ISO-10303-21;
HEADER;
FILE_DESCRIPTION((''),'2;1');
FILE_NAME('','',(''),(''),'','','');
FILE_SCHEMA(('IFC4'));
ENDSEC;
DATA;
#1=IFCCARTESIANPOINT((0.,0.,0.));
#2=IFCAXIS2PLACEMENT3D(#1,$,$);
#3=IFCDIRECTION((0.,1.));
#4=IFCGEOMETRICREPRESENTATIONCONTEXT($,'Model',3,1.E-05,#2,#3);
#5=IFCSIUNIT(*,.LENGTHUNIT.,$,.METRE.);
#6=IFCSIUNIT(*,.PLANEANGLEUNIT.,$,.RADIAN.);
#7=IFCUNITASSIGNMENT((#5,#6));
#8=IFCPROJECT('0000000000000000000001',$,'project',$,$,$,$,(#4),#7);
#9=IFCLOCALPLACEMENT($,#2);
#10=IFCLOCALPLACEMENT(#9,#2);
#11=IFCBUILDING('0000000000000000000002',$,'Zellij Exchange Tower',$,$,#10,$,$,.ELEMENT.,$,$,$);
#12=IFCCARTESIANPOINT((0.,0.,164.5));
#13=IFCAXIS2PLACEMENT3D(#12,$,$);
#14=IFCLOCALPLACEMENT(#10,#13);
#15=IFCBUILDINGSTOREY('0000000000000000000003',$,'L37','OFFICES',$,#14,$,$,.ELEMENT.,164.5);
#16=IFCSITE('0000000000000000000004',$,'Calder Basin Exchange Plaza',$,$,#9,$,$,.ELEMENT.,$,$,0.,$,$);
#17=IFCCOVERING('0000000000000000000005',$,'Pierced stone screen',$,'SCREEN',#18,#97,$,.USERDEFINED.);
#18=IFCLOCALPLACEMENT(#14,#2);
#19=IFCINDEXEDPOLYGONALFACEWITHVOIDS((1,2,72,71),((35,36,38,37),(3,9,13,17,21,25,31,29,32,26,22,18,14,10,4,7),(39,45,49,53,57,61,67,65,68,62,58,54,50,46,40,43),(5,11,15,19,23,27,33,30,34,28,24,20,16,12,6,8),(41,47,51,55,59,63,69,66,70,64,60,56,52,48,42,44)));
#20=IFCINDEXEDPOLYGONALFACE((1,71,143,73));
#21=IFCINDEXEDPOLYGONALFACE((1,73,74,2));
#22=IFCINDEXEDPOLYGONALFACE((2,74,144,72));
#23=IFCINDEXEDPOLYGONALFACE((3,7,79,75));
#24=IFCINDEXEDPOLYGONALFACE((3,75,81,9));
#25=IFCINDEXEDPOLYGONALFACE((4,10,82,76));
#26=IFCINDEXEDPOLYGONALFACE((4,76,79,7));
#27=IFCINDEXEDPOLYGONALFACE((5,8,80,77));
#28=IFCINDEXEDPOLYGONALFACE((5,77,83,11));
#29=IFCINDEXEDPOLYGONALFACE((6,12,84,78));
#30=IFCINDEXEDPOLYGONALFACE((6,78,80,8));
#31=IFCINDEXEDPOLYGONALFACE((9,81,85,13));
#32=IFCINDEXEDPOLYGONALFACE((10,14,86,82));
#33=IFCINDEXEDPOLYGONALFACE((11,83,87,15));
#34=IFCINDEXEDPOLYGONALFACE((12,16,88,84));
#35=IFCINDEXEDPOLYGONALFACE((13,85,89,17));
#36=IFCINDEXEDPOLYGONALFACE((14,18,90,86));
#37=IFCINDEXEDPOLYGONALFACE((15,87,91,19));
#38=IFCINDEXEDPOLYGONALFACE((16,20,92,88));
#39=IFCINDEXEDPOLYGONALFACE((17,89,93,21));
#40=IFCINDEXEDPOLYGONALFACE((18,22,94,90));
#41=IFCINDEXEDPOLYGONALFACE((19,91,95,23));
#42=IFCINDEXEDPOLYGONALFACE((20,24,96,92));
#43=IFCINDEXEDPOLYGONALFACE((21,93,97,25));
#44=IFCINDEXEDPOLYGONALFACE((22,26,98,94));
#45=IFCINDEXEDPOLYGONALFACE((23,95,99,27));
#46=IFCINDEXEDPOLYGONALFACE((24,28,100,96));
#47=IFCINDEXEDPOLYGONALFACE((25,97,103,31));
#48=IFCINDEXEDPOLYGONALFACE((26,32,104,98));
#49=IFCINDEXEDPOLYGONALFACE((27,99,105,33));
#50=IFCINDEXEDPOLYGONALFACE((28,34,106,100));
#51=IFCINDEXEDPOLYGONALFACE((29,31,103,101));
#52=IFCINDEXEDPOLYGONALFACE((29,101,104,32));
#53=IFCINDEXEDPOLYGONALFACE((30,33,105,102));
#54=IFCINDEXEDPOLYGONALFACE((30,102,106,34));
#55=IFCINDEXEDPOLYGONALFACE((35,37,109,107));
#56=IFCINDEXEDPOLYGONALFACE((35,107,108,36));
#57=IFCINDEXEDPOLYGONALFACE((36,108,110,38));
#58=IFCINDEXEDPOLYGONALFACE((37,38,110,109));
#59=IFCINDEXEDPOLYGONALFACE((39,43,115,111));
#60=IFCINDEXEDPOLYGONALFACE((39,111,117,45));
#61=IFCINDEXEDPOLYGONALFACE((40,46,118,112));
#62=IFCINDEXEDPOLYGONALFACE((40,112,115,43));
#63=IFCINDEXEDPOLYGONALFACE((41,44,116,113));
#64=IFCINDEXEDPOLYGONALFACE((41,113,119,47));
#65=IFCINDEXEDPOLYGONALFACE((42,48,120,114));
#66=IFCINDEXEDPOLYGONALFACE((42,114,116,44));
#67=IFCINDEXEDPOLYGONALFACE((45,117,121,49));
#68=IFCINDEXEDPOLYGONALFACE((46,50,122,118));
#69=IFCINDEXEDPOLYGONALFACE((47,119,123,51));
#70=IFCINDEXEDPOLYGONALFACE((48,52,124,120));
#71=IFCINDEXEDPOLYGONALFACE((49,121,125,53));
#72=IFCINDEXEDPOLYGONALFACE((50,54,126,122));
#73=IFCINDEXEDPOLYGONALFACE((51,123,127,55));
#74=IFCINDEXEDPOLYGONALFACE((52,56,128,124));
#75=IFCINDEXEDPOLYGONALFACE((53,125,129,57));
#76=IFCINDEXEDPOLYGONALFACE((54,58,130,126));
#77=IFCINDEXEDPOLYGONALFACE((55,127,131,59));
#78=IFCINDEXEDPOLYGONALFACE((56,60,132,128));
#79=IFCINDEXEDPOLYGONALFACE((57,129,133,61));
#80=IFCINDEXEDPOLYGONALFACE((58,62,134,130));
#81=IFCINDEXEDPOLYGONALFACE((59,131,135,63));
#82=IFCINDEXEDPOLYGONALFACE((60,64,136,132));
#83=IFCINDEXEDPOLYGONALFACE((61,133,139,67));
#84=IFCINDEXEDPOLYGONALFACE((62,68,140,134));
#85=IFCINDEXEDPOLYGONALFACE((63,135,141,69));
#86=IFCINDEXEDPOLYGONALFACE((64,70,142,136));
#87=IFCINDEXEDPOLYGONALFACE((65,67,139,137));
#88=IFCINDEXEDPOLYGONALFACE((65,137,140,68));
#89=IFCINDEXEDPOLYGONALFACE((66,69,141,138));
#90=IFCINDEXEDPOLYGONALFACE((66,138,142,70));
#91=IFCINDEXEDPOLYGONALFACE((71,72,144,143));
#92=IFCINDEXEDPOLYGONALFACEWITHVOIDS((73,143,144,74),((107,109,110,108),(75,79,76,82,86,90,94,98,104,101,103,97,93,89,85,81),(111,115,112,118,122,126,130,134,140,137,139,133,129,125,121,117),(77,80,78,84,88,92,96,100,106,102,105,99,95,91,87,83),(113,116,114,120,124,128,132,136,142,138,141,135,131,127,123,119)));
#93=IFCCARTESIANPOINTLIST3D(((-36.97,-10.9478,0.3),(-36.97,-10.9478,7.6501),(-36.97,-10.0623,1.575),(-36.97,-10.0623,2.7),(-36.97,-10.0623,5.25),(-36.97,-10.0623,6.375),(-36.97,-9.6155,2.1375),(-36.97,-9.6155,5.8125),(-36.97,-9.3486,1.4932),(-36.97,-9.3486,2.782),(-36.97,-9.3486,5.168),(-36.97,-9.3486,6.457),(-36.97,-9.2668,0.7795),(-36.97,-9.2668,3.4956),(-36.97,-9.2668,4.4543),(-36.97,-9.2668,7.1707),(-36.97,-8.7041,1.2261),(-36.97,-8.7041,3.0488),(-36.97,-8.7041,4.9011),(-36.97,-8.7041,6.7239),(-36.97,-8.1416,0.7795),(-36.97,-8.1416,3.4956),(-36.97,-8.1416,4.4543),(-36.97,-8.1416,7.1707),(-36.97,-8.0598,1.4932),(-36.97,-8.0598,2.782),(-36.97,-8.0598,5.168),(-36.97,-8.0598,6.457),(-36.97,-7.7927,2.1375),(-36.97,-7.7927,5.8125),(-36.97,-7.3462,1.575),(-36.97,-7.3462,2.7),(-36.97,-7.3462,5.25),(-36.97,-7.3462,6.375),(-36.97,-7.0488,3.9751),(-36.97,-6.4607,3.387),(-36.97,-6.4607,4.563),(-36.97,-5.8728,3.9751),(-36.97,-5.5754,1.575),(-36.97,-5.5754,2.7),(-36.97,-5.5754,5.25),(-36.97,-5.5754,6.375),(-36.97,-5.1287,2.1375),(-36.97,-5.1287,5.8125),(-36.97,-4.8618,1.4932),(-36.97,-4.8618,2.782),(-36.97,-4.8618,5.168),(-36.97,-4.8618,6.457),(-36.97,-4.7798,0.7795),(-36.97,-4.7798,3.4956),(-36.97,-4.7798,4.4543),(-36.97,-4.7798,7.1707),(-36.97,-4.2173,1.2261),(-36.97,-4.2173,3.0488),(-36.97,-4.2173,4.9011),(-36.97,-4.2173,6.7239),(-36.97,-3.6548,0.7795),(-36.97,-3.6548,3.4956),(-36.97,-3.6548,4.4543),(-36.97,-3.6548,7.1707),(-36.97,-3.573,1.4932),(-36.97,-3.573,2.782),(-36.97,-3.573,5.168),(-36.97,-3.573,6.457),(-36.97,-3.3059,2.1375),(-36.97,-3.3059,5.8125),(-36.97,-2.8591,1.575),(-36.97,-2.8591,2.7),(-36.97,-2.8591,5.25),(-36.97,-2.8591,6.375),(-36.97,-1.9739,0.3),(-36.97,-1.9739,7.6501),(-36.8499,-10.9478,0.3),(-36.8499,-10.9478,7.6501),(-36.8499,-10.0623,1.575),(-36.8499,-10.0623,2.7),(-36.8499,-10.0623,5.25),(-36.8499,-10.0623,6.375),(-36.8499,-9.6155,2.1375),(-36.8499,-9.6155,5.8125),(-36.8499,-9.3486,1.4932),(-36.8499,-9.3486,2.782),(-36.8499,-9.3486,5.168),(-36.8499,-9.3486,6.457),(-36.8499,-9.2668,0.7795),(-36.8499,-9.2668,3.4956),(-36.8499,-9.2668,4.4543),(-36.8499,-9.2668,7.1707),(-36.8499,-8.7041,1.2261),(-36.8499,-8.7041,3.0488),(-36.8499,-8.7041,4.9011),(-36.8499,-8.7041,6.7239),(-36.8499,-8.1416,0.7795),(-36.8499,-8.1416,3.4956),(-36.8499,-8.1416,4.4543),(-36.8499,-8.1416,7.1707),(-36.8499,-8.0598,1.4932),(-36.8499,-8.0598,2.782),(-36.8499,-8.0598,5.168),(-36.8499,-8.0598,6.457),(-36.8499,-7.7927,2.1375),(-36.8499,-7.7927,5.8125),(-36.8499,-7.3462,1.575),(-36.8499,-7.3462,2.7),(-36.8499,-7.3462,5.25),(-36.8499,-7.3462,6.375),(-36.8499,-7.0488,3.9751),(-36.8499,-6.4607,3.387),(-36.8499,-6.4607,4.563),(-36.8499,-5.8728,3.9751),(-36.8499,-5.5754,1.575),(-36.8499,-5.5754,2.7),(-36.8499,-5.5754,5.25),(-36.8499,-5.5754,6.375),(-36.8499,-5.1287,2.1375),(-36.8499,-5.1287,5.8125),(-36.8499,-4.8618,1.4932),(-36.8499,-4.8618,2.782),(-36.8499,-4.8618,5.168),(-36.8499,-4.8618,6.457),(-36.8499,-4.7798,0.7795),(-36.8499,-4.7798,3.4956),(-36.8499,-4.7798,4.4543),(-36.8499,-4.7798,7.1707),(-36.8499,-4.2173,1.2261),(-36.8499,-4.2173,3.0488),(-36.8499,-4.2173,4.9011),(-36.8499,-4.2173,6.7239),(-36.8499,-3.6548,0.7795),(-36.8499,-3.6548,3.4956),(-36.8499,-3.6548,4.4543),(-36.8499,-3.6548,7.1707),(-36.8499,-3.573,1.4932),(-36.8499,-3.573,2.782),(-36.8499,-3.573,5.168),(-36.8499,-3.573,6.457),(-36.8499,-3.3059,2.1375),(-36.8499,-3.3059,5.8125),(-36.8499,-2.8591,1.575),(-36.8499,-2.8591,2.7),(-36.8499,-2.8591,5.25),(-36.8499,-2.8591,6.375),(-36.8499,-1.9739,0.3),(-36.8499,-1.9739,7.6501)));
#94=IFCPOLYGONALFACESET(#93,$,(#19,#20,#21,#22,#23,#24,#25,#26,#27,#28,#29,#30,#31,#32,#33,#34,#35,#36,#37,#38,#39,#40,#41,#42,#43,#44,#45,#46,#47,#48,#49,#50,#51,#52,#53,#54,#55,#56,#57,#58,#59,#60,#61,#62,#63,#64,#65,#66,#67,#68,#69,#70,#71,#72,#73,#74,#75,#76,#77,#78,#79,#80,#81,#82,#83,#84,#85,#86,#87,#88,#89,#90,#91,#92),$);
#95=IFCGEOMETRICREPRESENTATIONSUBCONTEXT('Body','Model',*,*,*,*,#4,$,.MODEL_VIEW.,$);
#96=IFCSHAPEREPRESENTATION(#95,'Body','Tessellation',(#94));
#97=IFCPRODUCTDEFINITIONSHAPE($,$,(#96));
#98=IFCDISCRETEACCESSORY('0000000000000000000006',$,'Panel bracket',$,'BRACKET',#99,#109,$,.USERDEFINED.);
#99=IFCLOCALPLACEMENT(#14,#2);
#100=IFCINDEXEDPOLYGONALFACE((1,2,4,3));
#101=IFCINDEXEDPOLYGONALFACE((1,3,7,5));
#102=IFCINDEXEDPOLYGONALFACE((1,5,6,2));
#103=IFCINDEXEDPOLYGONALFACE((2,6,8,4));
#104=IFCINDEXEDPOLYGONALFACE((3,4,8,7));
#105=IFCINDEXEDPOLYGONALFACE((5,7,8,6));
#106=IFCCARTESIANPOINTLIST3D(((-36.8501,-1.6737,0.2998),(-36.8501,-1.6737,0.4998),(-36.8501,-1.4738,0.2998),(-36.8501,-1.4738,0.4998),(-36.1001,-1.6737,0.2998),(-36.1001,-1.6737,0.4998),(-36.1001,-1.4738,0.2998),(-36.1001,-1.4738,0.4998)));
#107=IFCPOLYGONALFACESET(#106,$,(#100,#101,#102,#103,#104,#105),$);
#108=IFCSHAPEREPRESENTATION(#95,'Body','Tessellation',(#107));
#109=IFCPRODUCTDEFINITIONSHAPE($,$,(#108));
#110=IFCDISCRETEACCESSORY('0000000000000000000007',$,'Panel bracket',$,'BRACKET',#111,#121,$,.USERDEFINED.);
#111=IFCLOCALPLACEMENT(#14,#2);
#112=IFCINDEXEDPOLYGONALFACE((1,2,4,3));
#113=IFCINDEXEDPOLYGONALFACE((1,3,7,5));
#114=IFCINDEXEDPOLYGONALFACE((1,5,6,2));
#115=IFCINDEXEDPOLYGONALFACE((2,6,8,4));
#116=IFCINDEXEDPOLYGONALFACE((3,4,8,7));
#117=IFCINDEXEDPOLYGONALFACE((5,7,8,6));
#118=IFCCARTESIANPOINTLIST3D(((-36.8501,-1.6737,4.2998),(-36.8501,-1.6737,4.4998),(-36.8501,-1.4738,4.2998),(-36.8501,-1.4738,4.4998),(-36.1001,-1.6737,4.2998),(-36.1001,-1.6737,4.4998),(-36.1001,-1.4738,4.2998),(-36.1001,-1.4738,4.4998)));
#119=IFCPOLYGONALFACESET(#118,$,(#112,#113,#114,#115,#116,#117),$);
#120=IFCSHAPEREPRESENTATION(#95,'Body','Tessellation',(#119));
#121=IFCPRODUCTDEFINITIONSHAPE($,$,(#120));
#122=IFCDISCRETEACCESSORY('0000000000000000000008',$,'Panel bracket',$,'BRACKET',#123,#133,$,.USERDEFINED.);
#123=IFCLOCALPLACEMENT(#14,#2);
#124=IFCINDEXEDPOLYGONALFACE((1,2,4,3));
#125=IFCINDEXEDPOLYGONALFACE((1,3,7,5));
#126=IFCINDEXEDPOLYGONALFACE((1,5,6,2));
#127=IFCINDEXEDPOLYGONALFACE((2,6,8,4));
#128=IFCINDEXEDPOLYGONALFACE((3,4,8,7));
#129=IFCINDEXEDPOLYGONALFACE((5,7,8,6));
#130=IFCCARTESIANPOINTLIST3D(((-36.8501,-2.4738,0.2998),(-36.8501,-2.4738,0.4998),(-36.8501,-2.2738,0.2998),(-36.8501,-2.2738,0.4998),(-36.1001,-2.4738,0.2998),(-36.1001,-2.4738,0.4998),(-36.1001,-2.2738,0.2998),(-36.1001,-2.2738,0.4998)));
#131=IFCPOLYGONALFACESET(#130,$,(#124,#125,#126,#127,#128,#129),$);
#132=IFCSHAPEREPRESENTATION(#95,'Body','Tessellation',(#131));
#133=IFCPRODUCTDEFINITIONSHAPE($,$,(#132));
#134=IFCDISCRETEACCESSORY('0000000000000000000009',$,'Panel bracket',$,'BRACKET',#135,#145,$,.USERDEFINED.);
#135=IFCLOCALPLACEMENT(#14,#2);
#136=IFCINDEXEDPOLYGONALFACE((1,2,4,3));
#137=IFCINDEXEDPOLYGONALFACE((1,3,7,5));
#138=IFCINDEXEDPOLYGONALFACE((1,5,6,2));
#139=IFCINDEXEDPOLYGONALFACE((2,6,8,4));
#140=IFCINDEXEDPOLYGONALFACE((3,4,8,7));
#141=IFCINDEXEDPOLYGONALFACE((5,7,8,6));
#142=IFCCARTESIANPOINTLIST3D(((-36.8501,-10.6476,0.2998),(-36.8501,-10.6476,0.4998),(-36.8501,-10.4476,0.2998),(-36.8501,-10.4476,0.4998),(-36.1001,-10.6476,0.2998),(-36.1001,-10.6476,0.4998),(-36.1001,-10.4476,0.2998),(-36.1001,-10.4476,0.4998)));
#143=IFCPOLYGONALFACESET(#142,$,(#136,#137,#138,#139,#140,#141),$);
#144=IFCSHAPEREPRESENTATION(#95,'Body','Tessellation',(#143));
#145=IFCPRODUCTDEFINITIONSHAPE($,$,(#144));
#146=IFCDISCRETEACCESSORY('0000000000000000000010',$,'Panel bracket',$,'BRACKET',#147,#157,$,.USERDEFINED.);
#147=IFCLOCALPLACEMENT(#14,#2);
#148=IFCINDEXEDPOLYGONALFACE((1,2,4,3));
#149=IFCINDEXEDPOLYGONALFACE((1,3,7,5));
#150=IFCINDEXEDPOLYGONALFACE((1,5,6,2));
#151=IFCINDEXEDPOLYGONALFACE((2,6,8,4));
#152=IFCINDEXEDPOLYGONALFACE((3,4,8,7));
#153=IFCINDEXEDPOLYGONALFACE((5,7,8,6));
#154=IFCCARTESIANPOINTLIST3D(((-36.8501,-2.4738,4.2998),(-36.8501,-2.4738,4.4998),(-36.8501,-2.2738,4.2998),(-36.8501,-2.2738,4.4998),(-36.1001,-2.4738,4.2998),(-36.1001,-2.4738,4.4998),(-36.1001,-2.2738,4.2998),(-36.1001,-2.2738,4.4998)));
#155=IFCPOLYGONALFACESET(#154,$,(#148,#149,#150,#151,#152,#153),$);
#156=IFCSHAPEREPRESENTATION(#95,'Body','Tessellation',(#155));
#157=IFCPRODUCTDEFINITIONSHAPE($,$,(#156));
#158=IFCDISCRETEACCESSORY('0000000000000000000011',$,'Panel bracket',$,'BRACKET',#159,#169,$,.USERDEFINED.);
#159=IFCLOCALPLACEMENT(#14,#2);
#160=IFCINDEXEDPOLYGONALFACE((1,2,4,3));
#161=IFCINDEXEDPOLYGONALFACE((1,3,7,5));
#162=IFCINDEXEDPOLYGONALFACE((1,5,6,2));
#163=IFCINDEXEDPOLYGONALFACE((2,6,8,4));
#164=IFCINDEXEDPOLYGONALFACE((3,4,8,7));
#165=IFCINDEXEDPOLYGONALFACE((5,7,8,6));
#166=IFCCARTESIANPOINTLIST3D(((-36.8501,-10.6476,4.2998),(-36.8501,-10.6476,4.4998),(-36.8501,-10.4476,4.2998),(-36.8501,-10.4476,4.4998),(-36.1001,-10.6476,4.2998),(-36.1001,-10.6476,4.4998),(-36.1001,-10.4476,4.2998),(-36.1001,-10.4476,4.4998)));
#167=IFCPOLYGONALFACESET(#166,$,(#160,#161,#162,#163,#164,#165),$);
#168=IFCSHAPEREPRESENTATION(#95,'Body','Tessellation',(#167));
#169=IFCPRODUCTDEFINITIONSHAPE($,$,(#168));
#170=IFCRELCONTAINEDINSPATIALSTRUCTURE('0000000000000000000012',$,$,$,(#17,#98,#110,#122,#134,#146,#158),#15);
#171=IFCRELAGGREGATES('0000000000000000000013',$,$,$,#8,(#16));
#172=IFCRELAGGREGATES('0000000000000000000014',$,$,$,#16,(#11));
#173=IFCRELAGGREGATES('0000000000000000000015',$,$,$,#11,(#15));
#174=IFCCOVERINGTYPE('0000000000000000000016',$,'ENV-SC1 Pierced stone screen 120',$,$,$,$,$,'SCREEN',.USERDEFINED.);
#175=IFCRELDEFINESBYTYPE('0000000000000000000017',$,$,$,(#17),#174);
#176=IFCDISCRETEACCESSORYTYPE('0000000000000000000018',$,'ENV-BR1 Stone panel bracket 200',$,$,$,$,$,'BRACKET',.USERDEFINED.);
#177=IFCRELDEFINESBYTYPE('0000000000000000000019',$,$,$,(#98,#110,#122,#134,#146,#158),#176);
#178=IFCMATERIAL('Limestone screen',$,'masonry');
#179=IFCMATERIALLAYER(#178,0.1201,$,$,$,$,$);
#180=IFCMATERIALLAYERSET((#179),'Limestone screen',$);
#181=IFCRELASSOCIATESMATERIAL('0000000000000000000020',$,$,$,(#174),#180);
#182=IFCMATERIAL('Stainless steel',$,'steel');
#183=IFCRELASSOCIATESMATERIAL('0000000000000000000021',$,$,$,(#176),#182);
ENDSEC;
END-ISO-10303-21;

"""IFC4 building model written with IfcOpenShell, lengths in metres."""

from ifc_helpers import new_model, si_unit, direction, frame, origin, origin_2d, place, context, subcontext, project, spatial, polyline, rectangle, outline, extrude, material, layer, layer_set, type_object, element, save


model = new_model("IFC4")

# Units and contexts
model_context = context("Model", 3, precision=1e-05, world=origin(), true_north=direction((0.0, 1.0)))
body_context = subcontext(model_context, "Body", "Model", "MODEL_VIEW")
ifc_project = project(units=[si_unit("LENGTHUNIT", "METRE"), si_unit("PLANEANGLEUNIT", "RADIAN")], contexts=[model_context])

# Site, building, storey
site_placement = place(None, origin())
site = spatial("IfcSite", under=ifc_project, at=site_placement, Name="Calder Basin Exchange Plaza", CompositionType="ELEMENT", RefElevation=0.0)
building_placement = place(site_placement, origin())
building = spatial("IfcBuilding", under=site, at=building_placement, Name="Zellij Exchange Tower", CompositionType="ELEMENT")
storey_placement = place(building_placement, frame((0.0, 0.0, 164.5)))
storey = spatial("IfcBuildingStorey", under=building, at=storey_placement, Name="L37", Description="OFFICES", CompositionType="ELEMENT", Elevation=164.5)

# Covering
ifc_material_1 = material(Name="Limestone screen", Category="masonry")
ifc_layer_1 = layer(ifc_material_1, 0.1201)
ifc_layer_set_1 = layer_set([ifc_layer_1], Name="Limestone screen")
covering_type = type_object("IfcCoveringType", Name="ENV-SC1 Pierced stone screen 120", ElementType="SCREEN", PredefinedType="USERDEFINED", material=ifc_layer_set_1)
covering_placement = place(storey_placement, frame((-36.9099, -1.9739, 0.3), z_axis=(0.0, 0.0, 1.0), x_axis=(0.0, -1.0, 0.0)))
element("IfcCovering", 1, at=covering_placement, inside=storey, type_object=covering_type, Name="Pierced stone screen", ObjectType="SCREEN", PredefinedType="USERDEFINED", context=body_context, shape_type="SweptSolid", body=[
    extrude(outline(polyline([(0.0, 0.0), (8.9739, 0.0), (8.9739, 7.3501), (0.0, 7.3501), (0.0, 0.0)]), holes=[polyline([(3.6016, 2.3999), (2.8879, 2.4819), (2.8059, 3.1956), (2.2434, 2.7488), (1.6809, 3.1956), (1.5991, 2.4819), (0.8853, 2.3999), (1.332, 1.8374), (0.8853, 1.2749), (1.5991, 1.1931), (1.6809, 0.4795), (2.2434, 0.926), (2.8059, 0.4795), (2.8879, 1.1931), (3.6016, 1.2749), (3.1548, 1.8374), (3.6016, 2.3999)]), polyline([(3.6016, 6.075), (2.8879, 6.157), (2.8059, 6.8706), (2.2434, 6.4238), (1.6809, 6.8706), (1.5991, 6.157), (0.8853, 6.075), (1.332, 5.5125), (0.8853, 4.95), (1.5991, 4.8679), (1.6809, 4.1543), (2.2434, 4.6011), (2.8059, 4.1543), (2.8879, 4.8679), (3.6016, 4.95), (3.1548, 5.5125), (3.6016, 6.075)]), polyline([(8.0884, 2.3999), (7.3748, 2.4819), (7.293, 3.1956), (6.7302, 2.7488), (6.1677, 3.1956), (6.0859, 2.4819), (5.3723, 2.3999), (5.8188, 1.8374), (5.3723, 1.2749), (6.0859, 1.1931), (6.1677, 0.4795), (6.7302, 0.926), (7.293, 0.4795), (7.3748, 1.1931), (8.0884, 1.2749), (7.6416, 1.8374), (8.0884, 2.3999)]), polyline([(8.0884, 6.075), (7.3748, 6.157), (7.293, 6.8706), (6.7302, 6.4238), (6.1677, 6.8706), (6.0859, 6.157), (5.3723, 6.075), (5.8188, 5.5125), (5.3723, 4.95), (6.0859, 4.8679), (6.1677, 4.1543), (6.7302, 4.6011), (7.293, 4.1543), (7.3748, 4.8679), (8.0884, 4.95), (7.6416, 5.5125), (8.0884, 6.075)]), polyline([(5.075, 3.675), (4.4868, 4.2629), (3.8989, 3.675), (4.4868, 3.0869), (5.075, 3.675)])]), frame((0.0, 0.0601, 0.0), z_axis=(0.0, -1.0, 0.0), x_axis=(1.0, 0.0, 0.0)), (0.0, 0.0, 1.0), 0.1201),
])

# Discrete accessories
ifc_material_2 = material(Name="Stainless steel", Category="steel")
discrete_accessory_type = type_object("IfcDiscreteAccessoryType", Name="ENV-BR1 Stone panel bracket 200", ElementType="BRACKET", PredefinedType="USERDEFINED", material=ifc_material_2)
for number, where, z_axis, x_axis, name in (
    (2, (-36.4751, -1.5737, 0.2998), (0.0, 0.0, 1.0), (0.0, -1.0, 0.0), "Panel bracket"),
    (3, (-36.4751, -1.5737, 4.2998), (0.0, 0.0, 1.0), (0.0, -1.0, 0.0), "Panel bracket"),
    (4, (-36.4751, -2.3738, 0.2998), (0.0, 0.0, 1.0), (0.0, -1.0, 0.0), "Panel bracket"),
    (5, (-36.4751, -10.5476, 0.2998), (0.0, 0.0, 1.0), (0.0, -1.0, 0.0), "Panel bracket"),
    (6, (-36.4751, -2.3738, 4.2998), (0.0, 0.0, 1.0), (0.0, -1.0, 0.0), "Panel bracket"),
    (7, (-36.4751, -10.5476, 4.2998), (0.0, 0.0, 1.0), (0.0, -1.0, 0.0), "Panel bracket"),
):
    element("IfcDiscreteAccessory", number, at=place(storey_placement, frame(where, z_axis=z_axis, x_axis=x_axis)), inside=storey, type_object=discrete_accessory_type, Name=name, ObjectType="BRACKET", PredefinedType="USERDEFINED", context=body_context, shape_type="SweptSolid", body=[
        extrude(rectangle(XDim=0.2, YDim=0.75, at=origin_2d()), origin(), (0.0, 0.0, 1.0), 0.2),
    ])

save(model, "model.ifc")
